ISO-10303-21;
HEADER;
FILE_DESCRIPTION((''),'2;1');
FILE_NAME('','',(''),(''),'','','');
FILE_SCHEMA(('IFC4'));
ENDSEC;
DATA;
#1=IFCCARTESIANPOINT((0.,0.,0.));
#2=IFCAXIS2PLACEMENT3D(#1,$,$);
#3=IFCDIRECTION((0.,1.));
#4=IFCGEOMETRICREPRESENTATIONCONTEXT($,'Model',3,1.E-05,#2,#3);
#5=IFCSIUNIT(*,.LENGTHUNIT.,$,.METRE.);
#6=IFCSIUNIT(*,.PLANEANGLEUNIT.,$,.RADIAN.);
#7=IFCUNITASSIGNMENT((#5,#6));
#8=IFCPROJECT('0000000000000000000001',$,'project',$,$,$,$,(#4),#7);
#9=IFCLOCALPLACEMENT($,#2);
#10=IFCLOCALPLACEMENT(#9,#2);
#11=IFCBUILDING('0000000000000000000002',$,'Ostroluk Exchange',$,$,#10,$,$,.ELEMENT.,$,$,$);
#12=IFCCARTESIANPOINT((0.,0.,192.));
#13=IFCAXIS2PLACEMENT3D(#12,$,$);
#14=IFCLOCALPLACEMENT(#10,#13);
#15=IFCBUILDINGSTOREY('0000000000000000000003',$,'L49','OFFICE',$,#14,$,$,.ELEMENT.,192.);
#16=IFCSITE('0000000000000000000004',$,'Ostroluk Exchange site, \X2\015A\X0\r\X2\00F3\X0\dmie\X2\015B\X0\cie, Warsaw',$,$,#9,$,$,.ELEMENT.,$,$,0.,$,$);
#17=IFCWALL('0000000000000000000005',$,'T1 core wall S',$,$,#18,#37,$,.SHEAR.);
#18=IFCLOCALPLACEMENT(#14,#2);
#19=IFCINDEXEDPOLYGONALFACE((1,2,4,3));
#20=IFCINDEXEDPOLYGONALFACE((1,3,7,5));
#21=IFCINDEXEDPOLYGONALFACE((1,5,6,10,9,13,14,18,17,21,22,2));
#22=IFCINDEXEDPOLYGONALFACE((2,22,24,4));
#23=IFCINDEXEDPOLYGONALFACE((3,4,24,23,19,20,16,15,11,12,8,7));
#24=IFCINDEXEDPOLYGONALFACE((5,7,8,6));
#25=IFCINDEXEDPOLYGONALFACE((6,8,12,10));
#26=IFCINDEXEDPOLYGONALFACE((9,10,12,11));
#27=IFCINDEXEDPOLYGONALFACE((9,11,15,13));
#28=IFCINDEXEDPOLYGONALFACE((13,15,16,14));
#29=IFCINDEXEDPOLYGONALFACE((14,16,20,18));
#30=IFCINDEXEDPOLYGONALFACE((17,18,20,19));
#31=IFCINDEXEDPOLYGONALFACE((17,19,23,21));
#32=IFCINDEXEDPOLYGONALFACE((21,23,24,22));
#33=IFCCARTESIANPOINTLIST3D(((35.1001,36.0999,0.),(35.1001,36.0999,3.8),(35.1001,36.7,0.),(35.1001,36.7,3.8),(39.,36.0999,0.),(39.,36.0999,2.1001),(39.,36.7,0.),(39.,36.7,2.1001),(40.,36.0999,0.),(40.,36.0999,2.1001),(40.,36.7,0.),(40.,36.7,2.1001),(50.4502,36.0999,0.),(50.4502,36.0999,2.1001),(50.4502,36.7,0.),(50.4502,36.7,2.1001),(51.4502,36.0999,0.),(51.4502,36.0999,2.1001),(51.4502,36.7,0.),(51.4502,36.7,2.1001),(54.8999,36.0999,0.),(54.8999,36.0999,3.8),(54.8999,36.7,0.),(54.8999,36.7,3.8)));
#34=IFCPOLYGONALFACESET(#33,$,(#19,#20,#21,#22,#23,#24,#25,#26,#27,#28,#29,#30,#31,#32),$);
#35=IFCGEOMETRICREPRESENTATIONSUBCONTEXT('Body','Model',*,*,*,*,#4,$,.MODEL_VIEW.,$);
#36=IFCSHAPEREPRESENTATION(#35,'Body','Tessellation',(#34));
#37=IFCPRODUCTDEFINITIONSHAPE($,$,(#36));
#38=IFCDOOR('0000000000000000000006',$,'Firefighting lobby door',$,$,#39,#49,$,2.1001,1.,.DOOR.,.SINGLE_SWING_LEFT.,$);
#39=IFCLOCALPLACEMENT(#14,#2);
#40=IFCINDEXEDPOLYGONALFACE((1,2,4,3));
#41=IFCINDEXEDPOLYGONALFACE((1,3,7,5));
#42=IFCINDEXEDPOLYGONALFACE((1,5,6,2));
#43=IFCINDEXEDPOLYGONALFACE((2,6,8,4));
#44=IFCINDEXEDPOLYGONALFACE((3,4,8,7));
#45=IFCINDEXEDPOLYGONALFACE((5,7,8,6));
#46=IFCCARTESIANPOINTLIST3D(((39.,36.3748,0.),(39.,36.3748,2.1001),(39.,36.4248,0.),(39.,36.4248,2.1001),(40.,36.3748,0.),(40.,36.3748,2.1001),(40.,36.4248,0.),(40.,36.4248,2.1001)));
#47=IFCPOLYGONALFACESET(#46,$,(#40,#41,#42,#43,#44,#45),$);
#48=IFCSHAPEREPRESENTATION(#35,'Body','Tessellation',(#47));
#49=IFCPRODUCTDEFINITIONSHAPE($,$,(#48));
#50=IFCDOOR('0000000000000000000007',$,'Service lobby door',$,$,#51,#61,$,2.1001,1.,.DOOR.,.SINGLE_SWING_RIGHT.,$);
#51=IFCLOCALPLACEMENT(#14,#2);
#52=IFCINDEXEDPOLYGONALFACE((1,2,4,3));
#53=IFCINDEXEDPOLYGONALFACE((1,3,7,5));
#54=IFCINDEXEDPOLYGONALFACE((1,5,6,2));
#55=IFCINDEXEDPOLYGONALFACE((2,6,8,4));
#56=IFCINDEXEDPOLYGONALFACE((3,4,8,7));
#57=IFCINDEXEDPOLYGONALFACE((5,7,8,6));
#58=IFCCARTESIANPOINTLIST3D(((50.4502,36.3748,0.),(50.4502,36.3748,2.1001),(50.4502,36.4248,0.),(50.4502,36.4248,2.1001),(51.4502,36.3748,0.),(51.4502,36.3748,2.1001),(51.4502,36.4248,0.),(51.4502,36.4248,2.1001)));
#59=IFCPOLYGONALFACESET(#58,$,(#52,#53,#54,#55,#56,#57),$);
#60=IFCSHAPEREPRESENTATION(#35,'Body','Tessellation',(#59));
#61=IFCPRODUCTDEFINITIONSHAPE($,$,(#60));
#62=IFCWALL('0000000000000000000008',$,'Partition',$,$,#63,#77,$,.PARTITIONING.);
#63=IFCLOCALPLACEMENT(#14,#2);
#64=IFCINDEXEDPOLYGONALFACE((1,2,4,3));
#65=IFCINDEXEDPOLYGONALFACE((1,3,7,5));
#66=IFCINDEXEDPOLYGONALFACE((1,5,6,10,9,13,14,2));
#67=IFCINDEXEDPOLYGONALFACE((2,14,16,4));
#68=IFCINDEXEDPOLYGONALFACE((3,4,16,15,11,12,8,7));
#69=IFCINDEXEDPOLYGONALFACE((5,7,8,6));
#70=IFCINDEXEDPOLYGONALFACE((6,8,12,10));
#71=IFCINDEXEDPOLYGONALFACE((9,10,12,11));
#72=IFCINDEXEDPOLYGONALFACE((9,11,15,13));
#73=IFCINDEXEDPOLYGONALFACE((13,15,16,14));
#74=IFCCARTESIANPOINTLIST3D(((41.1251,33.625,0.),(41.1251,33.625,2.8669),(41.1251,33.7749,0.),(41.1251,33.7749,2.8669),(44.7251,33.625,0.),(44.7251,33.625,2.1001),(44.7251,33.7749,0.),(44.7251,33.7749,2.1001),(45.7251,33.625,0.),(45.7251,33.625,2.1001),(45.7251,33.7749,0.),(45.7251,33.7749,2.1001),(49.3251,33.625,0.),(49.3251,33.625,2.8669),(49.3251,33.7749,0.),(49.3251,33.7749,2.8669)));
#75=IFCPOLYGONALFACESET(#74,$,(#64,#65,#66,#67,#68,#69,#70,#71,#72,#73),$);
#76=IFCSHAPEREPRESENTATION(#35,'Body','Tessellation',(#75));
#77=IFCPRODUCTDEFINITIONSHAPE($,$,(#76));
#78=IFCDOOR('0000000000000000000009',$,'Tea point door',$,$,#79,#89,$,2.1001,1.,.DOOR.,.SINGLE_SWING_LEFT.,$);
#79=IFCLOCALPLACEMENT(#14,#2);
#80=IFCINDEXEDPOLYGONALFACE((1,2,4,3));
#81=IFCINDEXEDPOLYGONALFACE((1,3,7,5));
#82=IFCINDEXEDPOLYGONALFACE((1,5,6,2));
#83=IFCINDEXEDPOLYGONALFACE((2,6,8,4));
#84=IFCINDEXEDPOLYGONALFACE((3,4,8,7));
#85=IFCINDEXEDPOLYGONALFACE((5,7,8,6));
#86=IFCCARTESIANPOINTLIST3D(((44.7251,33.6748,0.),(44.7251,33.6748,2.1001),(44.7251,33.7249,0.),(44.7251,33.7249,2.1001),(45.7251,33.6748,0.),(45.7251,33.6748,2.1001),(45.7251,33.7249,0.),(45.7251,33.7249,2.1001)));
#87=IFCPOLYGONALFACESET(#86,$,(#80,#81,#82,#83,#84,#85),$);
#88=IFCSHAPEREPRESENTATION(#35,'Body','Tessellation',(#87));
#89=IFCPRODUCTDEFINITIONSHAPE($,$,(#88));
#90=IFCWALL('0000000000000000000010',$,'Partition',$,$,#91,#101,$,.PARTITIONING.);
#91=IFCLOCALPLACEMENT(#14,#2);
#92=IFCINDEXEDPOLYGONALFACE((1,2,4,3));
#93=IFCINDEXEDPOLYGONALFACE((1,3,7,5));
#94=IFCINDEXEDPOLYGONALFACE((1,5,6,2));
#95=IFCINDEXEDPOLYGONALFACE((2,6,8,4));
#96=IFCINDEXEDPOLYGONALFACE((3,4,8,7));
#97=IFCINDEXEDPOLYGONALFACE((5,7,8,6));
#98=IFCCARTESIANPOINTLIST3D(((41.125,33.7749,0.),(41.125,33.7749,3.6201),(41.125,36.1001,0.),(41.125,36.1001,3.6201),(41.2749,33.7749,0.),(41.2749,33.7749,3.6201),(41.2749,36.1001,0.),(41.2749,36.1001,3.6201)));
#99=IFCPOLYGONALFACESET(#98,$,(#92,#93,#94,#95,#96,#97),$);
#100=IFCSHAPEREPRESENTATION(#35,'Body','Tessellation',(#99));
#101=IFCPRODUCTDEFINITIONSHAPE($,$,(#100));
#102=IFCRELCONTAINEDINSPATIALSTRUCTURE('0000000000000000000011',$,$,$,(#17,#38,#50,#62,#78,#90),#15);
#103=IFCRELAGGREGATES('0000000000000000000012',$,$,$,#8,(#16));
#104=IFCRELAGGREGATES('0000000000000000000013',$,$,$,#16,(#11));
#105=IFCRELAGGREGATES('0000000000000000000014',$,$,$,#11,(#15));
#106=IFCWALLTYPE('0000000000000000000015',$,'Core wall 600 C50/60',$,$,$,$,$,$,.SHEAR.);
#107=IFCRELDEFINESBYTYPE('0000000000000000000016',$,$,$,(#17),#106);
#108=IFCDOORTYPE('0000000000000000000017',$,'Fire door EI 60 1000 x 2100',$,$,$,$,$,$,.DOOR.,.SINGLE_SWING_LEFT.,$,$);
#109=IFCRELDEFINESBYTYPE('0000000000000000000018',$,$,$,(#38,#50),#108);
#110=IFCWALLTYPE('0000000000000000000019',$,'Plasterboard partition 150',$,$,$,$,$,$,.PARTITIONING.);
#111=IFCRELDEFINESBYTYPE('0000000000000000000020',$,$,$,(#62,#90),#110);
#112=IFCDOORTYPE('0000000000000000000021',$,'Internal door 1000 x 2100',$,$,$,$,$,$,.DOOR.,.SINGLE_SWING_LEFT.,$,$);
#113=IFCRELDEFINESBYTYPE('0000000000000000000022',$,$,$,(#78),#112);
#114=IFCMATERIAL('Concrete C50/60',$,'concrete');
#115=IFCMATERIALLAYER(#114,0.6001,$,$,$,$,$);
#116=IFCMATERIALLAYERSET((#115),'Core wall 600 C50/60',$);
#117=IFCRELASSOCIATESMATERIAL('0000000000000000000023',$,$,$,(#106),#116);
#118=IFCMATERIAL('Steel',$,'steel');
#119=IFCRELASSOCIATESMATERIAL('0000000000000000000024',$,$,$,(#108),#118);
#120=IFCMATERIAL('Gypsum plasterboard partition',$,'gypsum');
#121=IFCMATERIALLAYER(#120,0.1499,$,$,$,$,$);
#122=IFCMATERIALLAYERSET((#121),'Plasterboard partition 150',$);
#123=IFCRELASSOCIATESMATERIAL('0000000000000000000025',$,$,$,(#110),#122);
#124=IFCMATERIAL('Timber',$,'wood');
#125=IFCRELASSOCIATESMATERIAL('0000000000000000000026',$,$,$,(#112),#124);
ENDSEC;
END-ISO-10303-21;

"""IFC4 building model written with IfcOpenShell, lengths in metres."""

from ifc_helpers import new_model, si_unit, direction, frame, frame_2d, origin, place, context, subcontext, project, spatial, rectangle, extrude, material, layer, layer_set, type_object, element, fill, save


model = new_model("IFC4")

# Units and contexts
model_context = context("Model", 3, precision=1e-05, world=origin(), true_north=direction((0.0, 1.0)))
body_context = subcontext(model_context, "Body", "Model", "MODEL_VIEW")
ifc_project = project(units=[si_unit("LENGTHUNIT", "METRE"), si_unit("PLANEANGLEUNIT", "RADIAN")], contexts=[model_context])

# Site, building, storey
site_placement = place(None, origin())
site = spatial("IfcSite", under=ifc_project, at=site_placement, Name="Ostroluk Exchange site, Śródmieście, Warsaw", CompositionType="ELEMENT", RefElevation=0.0)
building_placement = place(site_placement, origin())
building = spatial("IfcBuilding", under=site, at=building_placement, Name="Ostroluk Exchange", CompositionType="ELEMENT")
storey_placement = place(building_placement, frame((0.0, 0.0, 192.0)))
storey = spatial("IfcBuildingStorey", under=building, at=storey_placement, Name="L49", Description="OFFICE", CompositionType="ELEMENT", Elevation=192.0)

# Wall, openings, doors
ifc_material_1 = material(Name="Concrete C50/60", Category="concrete")
ifc_layer_1 = layer(ifc_material_1, 0.6001)
ifc_layer_set_1 = layer_set([ifc_layer_1], Name="Core wall 600 C50/60")
wall_type_1 = type_object("IfcWallType", Name="Core wall 600 C50/60", PredefinedType="SHEAR", material=ifc_layer_set_1)
wall_1_placement = place(storey_placement, frame((35.1001, 36.3999, 0.0), z_axis=(0.0, 0.0, 1.0), x_axis=(1.0, 0.0, 0.0)))
wall_1 = element("IfcWall", 1, at=wall_1_placement, inside=storey, type_object=wall_type_1, Name="T1 core wall S", PredefinedType="SHEAR", context=body_context, shape_type="SweptSolid", body=[
    extrude(rectangle(XDim=19.7998, YDim=0.6001, at=frame_2d((9.8999, 0.0))), origin(), (0.0, 0.0, 1.0), 3.8),
])
opening_1_placement = place(wall_1_placement, frame((3.8999, 0.0, 0.0)))
opening_1 = element("IfcOpeningElement", 2, at=opening_1_placement, cuts=wall_1, PredefinedType="OPENING", context=body_context, shape_type="SweptSolid", body=[
    extrude(rectangle(XDim=1.0, YDim=2.1001, at=frame_2d((0.5, 1.05))), frame((0.0, 0.3101, 0.0), z_axis=(0.0, -1.0, 0.0), x_axis=(1.0, 0.0, 0.0)), (0.0, 0.0, 1.0), 0.6201),
])
opening_2_placement = place(wall_1_placement, frame((15.3501, 0.0, 0.0)))
opening_2 = element("IfcOpeningElement", 3, at=opening_2_placement, cuts=wall_1, PredefinedType="OPENING", context=body_context, shape_type="SweptSolid", body=[
    extrude(rectangle(XDim=1.0, YDim=2.1001, at=frame_2d((0.5, 1.05))), frame((0.0, 0.3101, 0.0), z_axis=(0.0, -1.0, 0.0), x_axis=(1.0, 0.0, 0.0)), (0.0, 0.0, 1.0), 0.6201),
])
ifc_material_2 = material(Name="Steel", Category="steel")
door_type_1 = type_object("IfcDoorType", Name="Fire door EI 60 1000 x 2100", OperationType="SINGLE_SWING_LEFT", PredefinedType="DOOR", material=ifc_material_2)
door_1_placement = place(opening_1_placement, origin())
door_1 = element("IfcDoor", 4, at=door_1_placement, inside=storey, type_object=door_type_1, Name="Firefighting lobby door", OperationType="SINGLE_SWING_LEFT", OverallHeight=2.1001, OverallWidth=1.0, PredefinedType="DOOR", context=body_context, shape_type="SweptSolid", body=[
    extrude(rectangle(XDim=1.0, YDim=2.1001, at=frame_2d((0.5, 1.05))), frame((0.0, 0.0249, 0.0), z_axis=(0.0, -1.0, 0.0), x_axis=(1.0, 0.0, 0.0)), (0.0, 0.0, 1.0), 0.05),
])
fill(opening_1, door_1)
door_2_placement = place(opening_2_placement, origin())
door_2 = element("IfcDoor", 5, at=door_2_placement, inside=storey, type_object=door_type_1, Name="Service lobby door", OperationType="SINGLE_SWING_RIGHT", OverallHeight=2.1001, OverallWidth=1.0, PredefinedType="DOOR", context=body_context, shape_type="SweptSolid", body=[
    extrude(rectangle(XDim=1.0, YDim=2.1001, at=frame_2d((0.5, 1.05))), frame((0.0, 0.0249, 0.0), z_axis=(0.0, -1.0, 0.0), x_axis=(1.0, 0.0, 0.0)), (0.0, 0.0, 1.0), 0.05),
])
fill(opening_2, door_2)

# Wall, opening, door
ifc_material_3 = material(Name="Gypsum plasterboard partition", Category="gypsum")
ifc_layer_2 = layer(ifc_material_3, 0.1499)
ifc_layer_set_2 = layer_set([ifc_layer_2], Name="Plasterboard partition 150")
wall_type_2 = type_object("IfcWallType", Name="Plasterboard partition 150", PredefinedType="PARTITIONING", material=ifc_layer_set_2)
wall_2_placement = place(storey_placement, frame((41.125, 33.7, 0.0), z_axis=(0.0, 0.0, 1.0), x_axis=(1.0, 0.0, 0.0)))
wall_2 = element("IfcWall", 6, at=wall_2_placement, inside=storey, type_object=wall_type_2, Name="Partition", PredefinedType="PARTITIONING", context=body_context, shape_type="SweptSolid", body=[
    extrude(rectangle(XDim=8.2, YDim=0.1499, at=frame_2d((4.1001, 0.0))), origin(), (0.0, 0.0, 1.0), 2.8669),
])
opening_3_placement = place(wall_2_placement, frame((3.6001, 0.0, 0.0)))
opening_3 = element("IfcOpeningElement", 7, at=opening_3_placement, cuts=wall_2, PredefinedType="OPENING", context=body_context, shape_type="SweptSolid", body=[
    extrude(rectangle(XDim=1.0, YDim=2.1001, at=frame_2d((0.5, 1.05))), frame((0.0, 0.085, 0.0), z_axis=(0.0, -1.0, 0.0), x_axis=(1.0, 0.0, 0.0)), (0.0, 0.0, 1.0), 0.1699),
])
ifc_material_4 = material(Name="Timber", Category="wood")
door_type_2 = type_object("IfcDoorType", Name="Internal door 1000 x 2100", OperationType="SINGLE_SWING_LEFT", PredefinedType="DOOR", material=ifc_material_4)
door_3_placement = place(opening_3_placement, origin())
door_3 = element("IfcDoor", 8, at=door_3_placement, inside=storey, type_object=door_type_2, Name="Tea point door", OperationType="SINGLE_SWING_LEFT", OverallHeight=2.1001, OverallWidth=1.0, PredefinedType="DOOR", context=body_context, shape_type="SweptSolid", body=[
    extrude(rectangle(XDim=1.0, YDim=2.1001, at=frame_2d((0.5, 1.05))), frame((0.0, 0.0249, 0.0), z_axis=(0.0, -1.0, 0.0), x_axis=(1.0, 0.0, 0.0)), (0.0, 0.0, 1.0), 0.05),
])
fill(opening_3, door_3)

# Wall
wall_3_placement = place(storey_placement, frame((41.2, 36.1001, 0.0), z_axis=(0.0, 0.0, 1.0), x_axis=(0.0, -1.0, 0.0)))
element("IfcWall", 9, at=wall_3_placement, inside=storey, type_object=wall_type_2, Name="Partition", PredefinedType="PARTITIONING", context=body_context, shape_type="SweptSolid", body=[
    extrude(rectangle(XDim=2.3252, YDim=0.1499, at=frame_2d((1.1626, 0.0))), origin(), (0.0, 0.0, 1.0), 3.6201),
])

save(model, "model.ifc")
